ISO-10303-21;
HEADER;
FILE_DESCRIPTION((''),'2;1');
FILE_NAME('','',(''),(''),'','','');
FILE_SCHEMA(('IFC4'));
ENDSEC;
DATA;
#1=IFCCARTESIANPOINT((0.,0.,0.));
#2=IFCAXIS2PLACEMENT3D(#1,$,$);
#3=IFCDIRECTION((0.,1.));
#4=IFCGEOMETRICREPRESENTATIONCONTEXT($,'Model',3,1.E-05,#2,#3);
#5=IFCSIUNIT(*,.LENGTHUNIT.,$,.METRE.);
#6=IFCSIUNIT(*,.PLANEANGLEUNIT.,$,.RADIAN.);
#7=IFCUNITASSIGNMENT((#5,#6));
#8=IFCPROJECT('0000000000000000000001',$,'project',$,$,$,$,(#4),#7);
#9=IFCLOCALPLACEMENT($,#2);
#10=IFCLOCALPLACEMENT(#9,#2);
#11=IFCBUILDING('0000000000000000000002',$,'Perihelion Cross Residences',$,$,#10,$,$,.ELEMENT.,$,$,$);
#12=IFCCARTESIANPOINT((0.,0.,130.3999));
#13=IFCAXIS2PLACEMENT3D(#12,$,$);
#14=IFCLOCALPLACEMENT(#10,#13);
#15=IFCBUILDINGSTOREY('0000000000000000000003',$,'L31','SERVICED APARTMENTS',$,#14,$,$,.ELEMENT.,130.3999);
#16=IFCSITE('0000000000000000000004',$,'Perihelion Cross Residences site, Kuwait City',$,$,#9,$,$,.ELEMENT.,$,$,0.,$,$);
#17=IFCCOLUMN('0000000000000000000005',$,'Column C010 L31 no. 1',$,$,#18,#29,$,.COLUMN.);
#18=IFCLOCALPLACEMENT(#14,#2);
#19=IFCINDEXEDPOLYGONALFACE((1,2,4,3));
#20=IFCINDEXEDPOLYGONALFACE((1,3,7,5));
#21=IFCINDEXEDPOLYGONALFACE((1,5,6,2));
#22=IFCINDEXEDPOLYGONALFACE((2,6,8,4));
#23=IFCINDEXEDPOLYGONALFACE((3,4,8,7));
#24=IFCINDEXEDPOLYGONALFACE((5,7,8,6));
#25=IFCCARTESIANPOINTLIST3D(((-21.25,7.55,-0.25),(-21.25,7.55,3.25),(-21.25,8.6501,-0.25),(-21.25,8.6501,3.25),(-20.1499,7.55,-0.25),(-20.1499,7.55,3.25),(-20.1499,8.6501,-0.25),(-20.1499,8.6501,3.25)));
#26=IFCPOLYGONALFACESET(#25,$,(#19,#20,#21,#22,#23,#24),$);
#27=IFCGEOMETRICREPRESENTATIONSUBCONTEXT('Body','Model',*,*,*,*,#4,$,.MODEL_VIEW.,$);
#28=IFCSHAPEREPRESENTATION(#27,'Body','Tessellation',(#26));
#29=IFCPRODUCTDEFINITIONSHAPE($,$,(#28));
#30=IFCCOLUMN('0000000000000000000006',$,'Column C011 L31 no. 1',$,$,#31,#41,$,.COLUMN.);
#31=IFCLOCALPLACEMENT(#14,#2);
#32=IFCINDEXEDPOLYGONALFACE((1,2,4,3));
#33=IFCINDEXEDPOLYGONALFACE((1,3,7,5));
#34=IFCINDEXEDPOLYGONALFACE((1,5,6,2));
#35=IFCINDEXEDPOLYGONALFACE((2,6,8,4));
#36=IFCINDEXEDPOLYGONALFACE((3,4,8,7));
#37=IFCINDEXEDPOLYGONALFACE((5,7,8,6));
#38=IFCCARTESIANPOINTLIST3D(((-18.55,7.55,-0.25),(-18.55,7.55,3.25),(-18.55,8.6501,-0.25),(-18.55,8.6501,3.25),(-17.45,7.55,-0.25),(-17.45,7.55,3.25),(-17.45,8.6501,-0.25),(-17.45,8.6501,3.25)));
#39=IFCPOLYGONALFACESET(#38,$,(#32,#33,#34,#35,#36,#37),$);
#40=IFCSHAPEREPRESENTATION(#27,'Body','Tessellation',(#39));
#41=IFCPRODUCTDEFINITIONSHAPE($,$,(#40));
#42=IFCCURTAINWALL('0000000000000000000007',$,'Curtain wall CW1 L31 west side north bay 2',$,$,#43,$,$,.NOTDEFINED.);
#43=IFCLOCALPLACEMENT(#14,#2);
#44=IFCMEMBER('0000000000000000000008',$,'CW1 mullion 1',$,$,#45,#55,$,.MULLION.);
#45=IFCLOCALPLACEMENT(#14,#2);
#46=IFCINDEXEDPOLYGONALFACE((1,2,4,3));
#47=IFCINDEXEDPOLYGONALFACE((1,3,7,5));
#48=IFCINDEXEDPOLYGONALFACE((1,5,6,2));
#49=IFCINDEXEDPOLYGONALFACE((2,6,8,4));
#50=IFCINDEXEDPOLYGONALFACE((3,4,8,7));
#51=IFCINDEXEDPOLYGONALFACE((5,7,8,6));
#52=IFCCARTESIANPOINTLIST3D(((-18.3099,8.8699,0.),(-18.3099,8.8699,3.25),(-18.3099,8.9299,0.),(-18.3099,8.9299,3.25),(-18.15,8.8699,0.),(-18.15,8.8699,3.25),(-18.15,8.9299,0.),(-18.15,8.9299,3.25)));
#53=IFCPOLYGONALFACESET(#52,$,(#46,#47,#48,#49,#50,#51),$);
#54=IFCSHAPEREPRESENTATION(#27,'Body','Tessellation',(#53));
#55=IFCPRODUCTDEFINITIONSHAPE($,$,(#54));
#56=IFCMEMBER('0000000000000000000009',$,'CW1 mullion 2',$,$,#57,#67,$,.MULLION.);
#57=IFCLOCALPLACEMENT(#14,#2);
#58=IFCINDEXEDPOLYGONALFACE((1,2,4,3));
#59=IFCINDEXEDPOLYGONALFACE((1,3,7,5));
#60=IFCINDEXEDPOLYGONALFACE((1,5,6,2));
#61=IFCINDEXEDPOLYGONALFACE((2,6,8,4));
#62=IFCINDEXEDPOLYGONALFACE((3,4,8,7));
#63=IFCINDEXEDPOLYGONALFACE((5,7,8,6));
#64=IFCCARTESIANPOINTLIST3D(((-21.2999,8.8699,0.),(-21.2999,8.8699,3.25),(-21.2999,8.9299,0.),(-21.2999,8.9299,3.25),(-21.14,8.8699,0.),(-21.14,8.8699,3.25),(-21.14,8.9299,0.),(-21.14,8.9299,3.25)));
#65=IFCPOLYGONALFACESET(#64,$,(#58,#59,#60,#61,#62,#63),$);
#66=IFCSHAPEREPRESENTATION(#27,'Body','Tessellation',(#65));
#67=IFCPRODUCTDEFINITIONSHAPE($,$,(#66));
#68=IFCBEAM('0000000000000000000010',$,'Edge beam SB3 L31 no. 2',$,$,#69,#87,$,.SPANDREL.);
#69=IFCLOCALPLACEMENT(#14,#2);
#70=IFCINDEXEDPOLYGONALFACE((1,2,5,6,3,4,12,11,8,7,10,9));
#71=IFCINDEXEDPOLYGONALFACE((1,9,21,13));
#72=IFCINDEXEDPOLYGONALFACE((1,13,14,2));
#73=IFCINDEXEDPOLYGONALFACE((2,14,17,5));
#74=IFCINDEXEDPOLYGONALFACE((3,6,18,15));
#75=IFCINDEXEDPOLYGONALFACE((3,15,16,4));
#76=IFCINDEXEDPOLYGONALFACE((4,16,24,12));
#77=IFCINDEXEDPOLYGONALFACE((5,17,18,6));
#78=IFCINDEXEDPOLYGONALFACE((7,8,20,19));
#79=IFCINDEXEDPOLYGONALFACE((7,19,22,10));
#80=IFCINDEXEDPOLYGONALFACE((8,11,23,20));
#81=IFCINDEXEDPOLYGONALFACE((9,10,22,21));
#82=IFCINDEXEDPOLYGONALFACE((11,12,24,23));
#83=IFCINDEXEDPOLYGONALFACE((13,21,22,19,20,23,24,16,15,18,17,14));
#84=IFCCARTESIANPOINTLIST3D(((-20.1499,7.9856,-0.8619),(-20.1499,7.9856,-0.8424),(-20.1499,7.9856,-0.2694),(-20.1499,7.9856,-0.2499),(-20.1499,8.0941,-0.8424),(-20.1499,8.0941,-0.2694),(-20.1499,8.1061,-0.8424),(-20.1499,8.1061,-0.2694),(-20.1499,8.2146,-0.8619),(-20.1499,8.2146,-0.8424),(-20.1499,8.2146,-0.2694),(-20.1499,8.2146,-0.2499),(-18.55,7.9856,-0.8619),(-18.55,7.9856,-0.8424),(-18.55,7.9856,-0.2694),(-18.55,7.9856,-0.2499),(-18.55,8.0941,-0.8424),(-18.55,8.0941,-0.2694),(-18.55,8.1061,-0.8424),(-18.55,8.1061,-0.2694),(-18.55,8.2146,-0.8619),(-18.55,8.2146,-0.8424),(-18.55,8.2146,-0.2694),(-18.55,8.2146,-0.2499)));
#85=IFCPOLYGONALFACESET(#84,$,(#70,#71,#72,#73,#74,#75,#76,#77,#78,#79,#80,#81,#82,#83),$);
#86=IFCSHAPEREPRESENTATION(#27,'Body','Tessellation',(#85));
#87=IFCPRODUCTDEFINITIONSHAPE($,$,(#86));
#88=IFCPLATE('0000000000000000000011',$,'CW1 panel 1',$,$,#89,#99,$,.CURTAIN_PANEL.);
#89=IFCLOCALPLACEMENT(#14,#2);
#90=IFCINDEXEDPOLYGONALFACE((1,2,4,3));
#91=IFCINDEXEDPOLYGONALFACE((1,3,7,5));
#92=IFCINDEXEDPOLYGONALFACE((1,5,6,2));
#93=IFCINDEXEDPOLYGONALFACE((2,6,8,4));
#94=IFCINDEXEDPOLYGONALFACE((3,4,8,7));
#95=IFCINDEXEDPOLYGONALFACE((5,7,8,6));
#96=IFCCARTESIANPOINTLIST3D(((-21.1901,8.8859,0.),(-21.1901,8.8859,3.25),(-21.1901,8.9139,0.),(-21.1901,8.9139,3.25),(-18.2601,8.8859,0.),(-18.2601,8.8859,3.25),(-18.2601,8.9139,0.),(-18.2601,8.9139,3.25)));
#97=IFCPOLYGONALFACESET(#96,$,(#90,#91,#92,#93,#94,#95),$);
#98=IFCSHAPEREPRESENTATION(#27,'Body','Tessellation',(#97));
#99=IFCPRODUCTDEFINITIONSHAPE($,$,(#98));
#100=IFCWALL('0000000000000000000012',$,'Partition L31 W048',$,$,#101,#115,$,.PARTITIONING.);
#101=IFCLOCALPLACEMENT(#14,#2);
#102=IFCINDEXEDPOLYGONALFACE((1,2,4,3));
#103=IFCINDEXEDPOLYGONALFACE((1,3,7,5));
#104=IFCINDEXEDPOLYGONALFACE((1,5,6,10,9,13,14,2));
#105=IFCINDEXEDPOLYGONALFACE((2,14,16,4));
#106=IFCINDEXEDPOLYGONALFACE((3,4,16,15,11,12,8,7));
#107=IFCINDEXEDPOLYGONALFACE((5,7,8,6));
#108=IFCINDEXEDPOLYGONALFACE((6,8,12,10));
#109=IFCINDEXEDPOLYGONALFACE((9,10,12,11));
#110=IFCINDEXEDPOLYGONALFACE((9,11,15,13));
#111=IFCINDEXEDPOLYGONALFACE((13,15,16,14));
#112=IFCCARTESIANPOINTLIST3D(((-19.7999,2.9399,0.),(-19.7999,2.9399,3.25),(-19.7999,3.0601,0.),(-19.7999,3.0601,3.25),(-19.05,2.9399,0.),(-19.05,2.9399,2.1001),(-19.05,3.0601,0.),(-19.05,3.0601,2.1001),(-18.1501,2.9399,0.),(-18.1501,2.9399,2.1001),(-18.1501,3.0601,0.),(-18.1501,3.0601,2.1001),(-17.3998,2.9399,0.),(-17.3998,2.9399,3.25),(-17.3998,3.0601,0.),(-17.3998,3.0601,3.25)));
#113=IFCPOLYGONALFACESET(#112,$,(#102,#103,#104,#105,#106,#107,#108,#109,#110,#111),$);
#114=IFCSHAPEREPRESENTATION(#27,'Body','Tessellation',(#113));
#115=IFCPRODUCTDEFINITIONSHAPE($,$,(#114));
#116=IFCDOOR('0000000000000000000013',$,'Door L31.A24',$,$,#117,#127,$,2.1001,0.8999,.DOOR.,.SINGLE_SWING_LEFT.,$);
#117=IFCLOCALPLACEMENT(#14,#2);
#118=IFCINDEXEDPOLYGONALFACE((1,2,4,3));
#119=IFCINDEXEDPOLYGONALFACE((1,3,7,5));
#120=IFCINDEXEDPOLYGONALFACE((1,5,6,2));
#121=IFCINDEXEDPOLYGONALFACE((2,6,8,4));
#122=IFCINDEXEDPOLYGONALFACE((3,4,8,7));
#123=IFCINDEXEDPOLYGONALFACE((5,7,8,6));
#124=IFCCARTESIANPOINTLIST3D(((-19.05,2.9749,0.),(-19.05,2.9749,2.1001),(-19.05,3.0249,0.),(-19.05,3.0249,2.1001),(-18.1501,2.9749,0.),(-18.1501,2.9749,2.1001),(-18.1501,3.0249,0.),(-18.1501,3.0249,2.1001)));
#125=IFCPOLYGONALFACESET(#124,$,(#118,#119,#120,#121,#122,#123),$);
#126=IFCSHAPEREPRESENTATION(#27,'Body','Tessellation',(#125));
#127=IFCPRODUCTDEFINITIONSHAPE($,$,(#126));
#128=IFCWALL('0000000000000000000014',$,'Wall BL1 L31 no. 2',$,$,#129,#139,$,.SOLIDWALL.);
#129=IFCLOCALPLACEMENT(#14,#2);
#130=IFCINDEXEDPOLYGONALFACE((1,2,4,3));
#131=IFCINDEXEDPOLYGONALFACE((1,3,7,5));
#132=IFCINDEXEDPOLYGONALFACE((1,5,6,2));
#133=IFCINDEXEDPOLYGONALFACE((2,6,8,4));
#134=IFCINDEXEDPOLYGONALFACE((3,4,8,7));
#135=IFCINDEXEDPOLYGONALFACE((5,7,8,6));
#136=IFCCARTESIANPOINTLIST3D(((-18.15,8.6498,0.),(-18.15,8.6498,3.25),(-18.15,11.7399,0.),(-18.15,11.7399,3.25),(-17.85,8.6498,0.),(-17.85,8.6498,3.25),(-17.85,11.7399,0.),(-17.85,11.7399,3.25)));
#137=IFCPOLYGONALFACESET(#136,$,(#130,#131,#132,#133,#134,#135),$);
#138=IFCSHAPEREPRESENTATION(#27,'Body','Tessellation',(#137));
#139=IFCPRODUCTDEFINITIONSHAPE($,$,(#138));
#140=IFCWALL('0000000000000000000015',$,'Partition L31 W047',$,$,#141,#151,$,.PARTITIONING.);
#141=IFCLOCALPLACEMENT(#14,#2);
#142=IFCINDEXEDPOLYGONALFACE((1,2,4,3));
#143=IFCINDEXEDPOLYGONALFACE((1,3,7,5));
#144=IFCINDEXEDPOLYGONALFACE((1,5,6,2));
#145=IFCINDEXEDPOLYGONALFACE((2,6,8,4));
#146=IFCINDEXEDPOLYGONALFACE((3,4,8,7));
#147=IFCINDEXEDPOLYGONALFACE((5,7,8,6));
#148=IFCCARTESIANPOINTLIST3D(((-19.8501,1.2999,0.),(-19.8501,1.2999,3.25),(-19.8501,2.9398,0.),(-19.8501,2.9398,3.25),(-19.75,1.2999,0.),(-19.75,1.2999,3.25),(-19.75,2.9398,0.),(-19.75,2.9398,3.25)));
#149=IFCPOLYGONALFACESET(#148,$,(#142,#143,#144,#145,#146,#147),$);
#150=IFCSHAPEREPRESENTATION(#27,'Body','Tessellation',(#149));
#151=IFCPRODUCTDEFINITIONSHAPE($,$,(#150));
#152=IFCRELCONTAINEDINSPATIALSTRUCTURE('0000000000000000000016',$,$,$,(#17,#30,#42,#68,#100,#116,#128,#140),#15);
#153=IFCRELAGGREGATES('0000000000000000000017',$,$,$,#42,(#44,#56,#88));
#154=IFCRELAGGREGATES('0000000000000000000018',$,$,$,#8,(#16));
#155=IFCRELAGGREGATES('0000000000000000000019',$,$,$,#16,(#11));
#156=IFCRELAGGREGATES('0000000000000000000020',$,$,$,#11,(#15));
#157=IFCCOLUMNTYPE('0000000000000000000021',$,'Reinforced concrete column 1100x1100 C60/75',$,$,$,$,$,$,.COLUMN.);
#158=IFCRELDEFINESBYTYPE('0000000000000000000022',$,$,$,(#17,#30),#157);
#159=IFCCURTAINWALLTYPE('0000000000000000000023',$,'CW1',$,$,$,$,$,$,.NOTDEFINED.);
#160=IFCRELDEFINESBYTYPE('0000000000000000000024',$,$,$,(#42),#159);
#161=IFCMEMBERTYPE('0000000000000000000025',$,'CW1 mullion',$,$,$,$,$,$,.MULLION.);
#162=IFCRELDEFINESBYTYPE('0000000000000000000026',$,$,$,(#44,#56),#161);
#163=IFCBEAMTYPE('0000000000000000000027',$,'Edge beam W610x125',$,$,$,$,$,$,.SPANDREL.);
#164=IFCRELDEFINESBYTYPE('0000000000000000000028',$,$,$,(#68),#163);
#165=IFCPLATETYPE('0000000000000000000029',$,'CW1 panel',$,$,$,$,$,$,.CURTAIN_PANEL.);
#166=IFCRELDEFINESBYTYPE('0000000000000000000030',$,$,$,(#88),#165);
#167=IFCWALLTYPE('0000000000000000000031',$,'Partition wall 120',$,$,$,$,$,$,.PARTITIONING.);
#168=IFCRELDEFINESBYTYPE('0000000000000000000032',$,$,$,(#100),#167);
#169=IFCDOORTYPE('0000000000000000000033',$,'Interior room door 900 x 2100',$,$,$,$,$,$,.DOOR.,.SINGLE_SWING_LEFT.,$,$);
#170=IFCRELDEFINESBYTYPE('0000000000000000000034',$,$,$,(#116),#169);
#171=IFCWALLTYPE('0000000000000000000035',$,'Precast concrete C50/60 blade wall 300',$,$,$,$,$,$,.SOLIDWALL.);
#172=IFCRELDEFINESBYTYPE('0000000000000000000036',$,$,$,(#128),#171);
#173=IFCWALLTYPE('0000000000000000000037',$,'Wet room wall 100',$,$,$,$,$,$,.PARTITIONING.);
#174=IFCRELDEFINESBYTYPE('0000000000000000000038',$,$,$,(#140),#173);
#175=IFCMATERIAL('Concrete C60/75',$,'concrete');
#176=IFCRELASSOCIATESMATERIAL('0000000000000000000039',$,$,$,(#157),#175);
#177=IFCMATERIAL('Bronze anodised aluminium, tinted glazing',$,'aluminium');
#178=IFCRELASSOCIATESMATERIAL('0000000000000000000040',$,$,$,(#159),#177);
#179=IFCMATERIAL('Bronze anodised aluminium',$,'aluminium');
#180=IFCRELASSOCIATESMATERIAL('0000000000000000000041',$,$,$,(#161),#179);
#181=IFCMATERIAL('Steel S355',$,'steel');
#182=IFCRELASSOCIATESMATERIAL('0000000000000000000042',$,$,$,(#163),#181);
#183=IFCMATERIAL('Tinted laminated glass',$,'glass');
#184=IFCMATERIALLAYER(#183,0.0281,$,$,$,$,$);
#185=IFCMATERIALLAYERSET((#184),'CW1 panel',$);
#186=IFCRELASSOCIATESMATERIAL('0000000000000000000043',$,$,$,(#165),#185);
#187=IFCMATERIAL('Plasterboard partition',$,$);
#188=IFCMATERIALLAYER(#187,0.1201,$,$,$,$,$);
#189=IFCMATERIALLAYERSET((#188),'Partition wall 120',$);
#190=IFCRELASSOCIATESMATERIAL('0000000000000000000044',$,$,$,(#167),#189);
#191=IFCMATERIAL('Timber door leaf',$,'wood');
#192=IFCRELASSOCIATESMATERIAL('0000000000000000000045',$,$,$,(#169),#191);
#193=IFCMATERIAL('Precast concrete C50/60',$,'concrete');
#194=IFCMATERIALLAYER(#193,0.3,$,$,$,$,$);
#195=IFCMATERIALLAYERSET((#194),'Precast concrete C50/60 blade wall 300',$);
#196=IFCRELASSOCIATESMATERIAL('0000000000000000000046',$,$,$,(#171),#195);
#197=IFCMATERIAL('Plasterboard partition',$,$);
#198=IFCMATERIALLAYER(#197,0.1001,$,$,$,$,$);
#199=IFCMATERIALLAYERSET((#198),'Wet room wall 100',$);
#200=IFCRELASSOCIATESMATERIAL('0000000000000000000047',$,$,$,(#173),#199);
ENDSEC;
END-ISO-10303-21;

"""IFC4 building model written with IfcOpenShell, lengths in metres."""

from ifc_helpers import new_model, si_unit, direction, frame, frame_2d, origin, origin_2d, place, context, subcontext, project, spatial, rectangle, i_section, extrude, material, layer, layer_set, material_profile, profile_set, type_object, element, fill, aggregate, save


model = new_model("IFC4")

# Units and contexts
model_context = context("Model", 3, precision=1e-05, world=origin(), true_north=direction((0.0, 1.0)))
body_context = subcontext(model_context, "Body", "Model", "MODEL_VIEW")
ifc_project = project(units=[si_unit("LENGTHUNIT", "METRE"), si_unit("PLANEANGLEUNIT", "RADIAN")], contexts=[model_context])

# Site, building, storey
site_placement = place(None, origin())
site = spatial("IfcSite", under=ifc_project, at=site_placement, Name="Perihelion Cross Residences site, Kuwait City", CompositionType="ELEMENT", RefElevation=0.0)
building_placement = place(site_placement, origin())
building = spatial("IfcBuilding", under=site, at=building_placement, Name="Perihelion Cross Residences", CompositionType="ELEMENT")
storey_placement = place(building_placement, frame((0.0, 0.0, 130.3999)))
storey = spatial("IfcBuildingStorey", under=building, at=storey_placement, Name="L31", Description="SERVICED APARTMENTS", CompositionType="ELEMENT", Elevation=130.3999)

# Columns
ifc_material_1 = material(Name="Concrete C60/75", Category="concrete")
ifc_material_profile_1 = material_profile(ifc_material_1, rectangle(XDim=1.1001, YDim=1.1001, at=origin_2d()), Name="RC 1100x1100")
ifc_profile_set_1 = profile_set([ifc_material_profile_1], Name="Concrete C60/75")
column_type = type_object("IfcColumnType", Name="Reinforced concrete column 1100x1100 C60/75", PredefinedType="COLUMN", material=ifc_profile_set_1)
for number, where, z_axis, x_axis, name in (
    (1, (-20.7, 8.1001, -0.25), (0.0, 0.0, 1.0), (1.0, 0.0, 0.0), "Column C010 L31 no. 1"),
    (2, (-18.0, 8.1001, -0.25), (0.0, 0.0, 1.0), (1.0, 0.0, 0.0), "Column C011 L31 no. 1"),
):
    element("IfcColumn", number, at=place(storey_placement, frame(where, z_axis=z_axis, x_axis=x_axis)), inside=storey, type_object=column_type, Name=name, PredefinedType="COLUMN", context=body_context, shape_type="SweptSolid", body=[
        extrude(rectangle(XDim=1.1001, YDim=1.1001, at=origin_2d()), origin(), (0.0, 0.0, 1.0), 3.5),
    ])

# Curtain wall, members
ifc_material_2 = material(Name="Bronze anodised aluminium, tinted glazing", Category="aluminium")
curtain_wall_type = type_object("IfcCurtainWallType", Name="CW1", PredefinedType="NOTDEFINED", material=ifc_material_2)
curtain_wall_placement = place(storey_placement, origin())
curtain_wall = element("IfcCurtainWall", 3, at=curtain_wall_placement, inside=storey, type_object=curtain_wall_type, Name="Curtain wall CW1 L31 west side north bay 2", PredefinedType="NOTDEFINED")
ifc_material_3 = material(Name="Bronze anodised aluminium", Category="aluminium")
ifc_material_profile_2 = material_profile(ifc_material_3, rectangle(XDim=0.0601, YDim=0.1599, at=origin_2d()), Name="CW1 mullion")
ifc_profile_set_2 = profile_set([ifc_material_profile_2], Name="Bronze anodised aluminium")
member_type = type_object("IfcMemberType", Name="CW1 mullion", PredefinedType="MULLION", material=ifc_profile_set_2)
member_1_placement = place(storey_placement, frame((-18.23, 8.8999, 0.0), z_axis=(0.0, 0.0, 1.0), x_axis=(0.0, -1.0, 0.0)))
member_1 = element("IfcMember", 4, at=member_1_placement, type_object=member_type, Name="CW1 mullion 1", PredefinedType="MULLION", context=body_context, shape_type="SweptSolid", body=[
    extrude(rectangle(XDim=0.0601, YDim=0.1599, at=origin_2d()), origin(), (0.0, 0.0, 1.0), 3.25),
])
member_2_placement = place(storey_placement, frame((-21.22, 8.8999, 0.0), z_axis=(0.0, 0.0, 1.0), x_axis=(0.0, -1.0, 0.0)))
member_2 = element("IfcMember", 5, at=member_2_placement, type_object=member_type, Name="CW1 mullion 2", PredefinedType="MULLION", context=body_context, shape_type="SweptSolid", body=[
    extrude(rectangle(XDim=0.0601, YDim=0.1599, at=origin_2d()), origin(), (0.0, 0.0, 1.0), 3.25),
])

# Beam
ifc_material_4 = material(Name="Steel S355", Category="steel")
ifc_material_profile_3 = material_profile(ifc_material_4, i_section(OverallWidth=0.229, OverallDepth=0.6121, WebThickness=0.012, FlangeThickness=0.0195, at=origin_2d()), Name="W610x125")
ifc_profile_set_3 = profile_set([ifc_material_profile_3], Name="Steel S355")
beam_type = type_object("IfcBeamType", Name="Edge beam W610x125", PredefinedType="SPANDREL", material=ifc_profile_set_3)
beam_placement = place(storey_placement, frame((-18.55, 8.1001, -0.5559), z_axis=(-1.0, 0.0, 0.0), x_axis=(0.0, -1.0, 0.0)))
element("IfcBeam", 6, at=beam_placement, inside=storey, type_object=beam_type, Name="Edge beam SB3 L31 no. 2", PredefinedType="SPANDREL", context=body_context, shape_type="SweptSolid", body=[
    extrude(i_section(OverallWidth=0.229, OverallDepth=0.6121, WebThickness=0.012, FlangeThickness=0.0195, at=origin_2d()), origin(), (0.0, 0.0, 1.0), 1.5999),
])

# Plate
ifc_material_5 = material(Name="Tinted laminated glass", Category="glass")
ifc_layer_1 = layer(ifc_material_5, 0.0281)
ifc_layer_set_1 = layer_set([ifc_layer_1], Name="CW1 panel")
plate_type = type_object("IfcPlateType", Name="CW1 panel", PredefinedType="CURTAIN_PANEL", material=ifc_layer_set_1)
plate_placement = place(storey_placement, frame((-19.7251, 8.8999, 0.0), z_axis=(0.0, 0.0, 1.0), x_axis=(-1.0, 0.0, 0.0)))
plate = element("IfcPlate", 7, at=plate_placement, type_object=plate_type, Name="CW1 panel 1", PredefinedType="CURTAIN_PANEL", context=body_context, shape_type="SweptSolid", body=[
    extrude(rectangle(XDim=2.9299, YDim=0.0281, at=origin_2d()), origin(), (0.0, 0.0, 1.0), 3.25),
])
aggregate(curtain_wall, [member_1, member_2, plate])

# Wall, opening, door
ifc_material_6 = material(Name="Plasterboard partition")
ifc_layer_2 = layer(ifc_material_6, 0.1201)
ifc_layer_set_2 = layer_set([ifc_layer_2], Name="Partition wall 120")
wall_type_1 = type_object("IfcWallType", Name="Partition wall 120", PredefinedType="PARTITIONING", material=ifc_layer_set_2)
wall_1_placement = place(storey_placement, frame((-19.8, 3.0, 0.0), z_axis=(0.0, 0.0, 1.0), x_axis=(1.0, 0.0, 0.0)))
wall_1 = element("IfcWall", 8, at=wall_1_placement, inside=storey, type_object=wall_type_1, Name="Partition L31 W048", PredefinedType="PARTITIONING", context=body_context, shape_type="SweptSolid", body=[
    extrude(rectangle(XDim=2.4001, YDim=0.1201, at=frame_2d((1.2002, 0.0))), origin(), (0.0, 0.0, 1.0), 3.25),
])
opening_1_placement = place(wall_1_placement, frame((0.75, 0.0, 0.0)))
opening_1 = element("IfcOpeningElement", 9, at=opening_1_placement, cuts=wall_1, PredefinedType="OPENING", context=body_context, shape_type="SweptSolid", body=[
    extrude(rectangle(XDim=0.8999, YDim=2.1001, at=frame_2d((0.45, 1.05))), frame((0.0, 0.0701, 0.0), z_axis=(0.0, -1.0, 0.0), x_axis=(1.0, 0.0, 0.0)), (0.0, 0.0, 1.0), 0.1401),
])
ifc_material_7 = material(Name="Timber door leaf", Category="wood")
door_type_1 = type_object("IfcDoorType", Name="Interior room door 900 x 2100", OperationType="SINGLE_SWING_LEFT", PredefinedType="DOOR", material=ifc_material_7)
door_1_placement = place(opening_1_placement, origin())
door_1 = element("IfcDoor", 10, at=door_1_placement, inside=storey, type_object=door_type_1, Name="Door L31.A24", OperationType="SINGLE_SWING_LEFT", OverallHeight=2.1001, OverallWidth=0.8999, PredefinedType="DOOR", context=body_context, shape_type="SweptSolid", body=[
    extrude(rectangle(XDim=0.8999, YDim=2.1001, at=frame_2d((0.45, 1.05))), frame((0.0, 0.0249, 0.0), z_axis=(0.0, -1.0, 0.0), x_axis=(1.0, 0.0, 0.0)), (0.0, 0.0, 1.0), 0.05),
])
fill(opening_1, door_1)

# Walls
ifc_material_8 = material(Name="Precast concrete C50/60", Category="concrete")
ifc_layer_3 = layer(ifc_material_8, 0.3)
ifc_layer_set_3 = layer_set([ifc_layer_3], Name="Precast concrete C50/60 blade wall 300")
wall_type_2 = type_object("IfcWallType", Name="Precast concrete C50/60 blade wall 300", PredefinedType="SOLIDWALL", material=ifc_layer_set_3)
wall_2_placement = place(storey_placement, frame((-18.0, 8.6499, 0.0), z_axis=(0.0, 0.0, 1.0), x_axis=(0.0, 1.0, 0.0)))
element("IfcWall", 11, at=wall_2_placement, inside=storey, type_object=wall_type_2, Name="Wall BL1 L31 no. 2", PredefinedType="SOLIDWALL", context=body_context, shape_type="SweptSolid", body=[
    extrude(rectangle(XDim=3.0901, YDim=0.3, at=frame_2d((1.5449, 0.0))), origin(), (0.0, 0.0, 1.0), 3.25),
])
ifc_material_9 = material(Name="Plasterboard partition")
ifc_layer_4 = layer(ifc_material_9, 0.1001)
ifc_layer_set_4 = layer_set([ifc_layer_4], Name="Wet room wall 100")
wall_type_3 = type_object("IfcWallType", Name="Wet room wall 100", PredefinedType="PARTITIONING", material=ifc_layer_set_4)
wall_3_placement = place(storey_placement, frame((-19.8, 1.3, 0.0), z_axis=(0.0, 0.0, 1.0), x_axis=(0.0, 1.0, 0.0)))
element("IfcWall", 12, at=wall_3_placement, inside=storey, type_object=wall_type_3, Name="Partition L31 W047", PredefinedType="PARTITIONING", context=body_context, shape_type="SweptSolid", body=[
    extrude(rectangle(XDim=1.6399, YDim=0.1001, at=frame_2d((0.8198, 0.0))), origin(), (0.0, 0.0, 1.0), 3.25),
])

save(model, "model.ifc")
